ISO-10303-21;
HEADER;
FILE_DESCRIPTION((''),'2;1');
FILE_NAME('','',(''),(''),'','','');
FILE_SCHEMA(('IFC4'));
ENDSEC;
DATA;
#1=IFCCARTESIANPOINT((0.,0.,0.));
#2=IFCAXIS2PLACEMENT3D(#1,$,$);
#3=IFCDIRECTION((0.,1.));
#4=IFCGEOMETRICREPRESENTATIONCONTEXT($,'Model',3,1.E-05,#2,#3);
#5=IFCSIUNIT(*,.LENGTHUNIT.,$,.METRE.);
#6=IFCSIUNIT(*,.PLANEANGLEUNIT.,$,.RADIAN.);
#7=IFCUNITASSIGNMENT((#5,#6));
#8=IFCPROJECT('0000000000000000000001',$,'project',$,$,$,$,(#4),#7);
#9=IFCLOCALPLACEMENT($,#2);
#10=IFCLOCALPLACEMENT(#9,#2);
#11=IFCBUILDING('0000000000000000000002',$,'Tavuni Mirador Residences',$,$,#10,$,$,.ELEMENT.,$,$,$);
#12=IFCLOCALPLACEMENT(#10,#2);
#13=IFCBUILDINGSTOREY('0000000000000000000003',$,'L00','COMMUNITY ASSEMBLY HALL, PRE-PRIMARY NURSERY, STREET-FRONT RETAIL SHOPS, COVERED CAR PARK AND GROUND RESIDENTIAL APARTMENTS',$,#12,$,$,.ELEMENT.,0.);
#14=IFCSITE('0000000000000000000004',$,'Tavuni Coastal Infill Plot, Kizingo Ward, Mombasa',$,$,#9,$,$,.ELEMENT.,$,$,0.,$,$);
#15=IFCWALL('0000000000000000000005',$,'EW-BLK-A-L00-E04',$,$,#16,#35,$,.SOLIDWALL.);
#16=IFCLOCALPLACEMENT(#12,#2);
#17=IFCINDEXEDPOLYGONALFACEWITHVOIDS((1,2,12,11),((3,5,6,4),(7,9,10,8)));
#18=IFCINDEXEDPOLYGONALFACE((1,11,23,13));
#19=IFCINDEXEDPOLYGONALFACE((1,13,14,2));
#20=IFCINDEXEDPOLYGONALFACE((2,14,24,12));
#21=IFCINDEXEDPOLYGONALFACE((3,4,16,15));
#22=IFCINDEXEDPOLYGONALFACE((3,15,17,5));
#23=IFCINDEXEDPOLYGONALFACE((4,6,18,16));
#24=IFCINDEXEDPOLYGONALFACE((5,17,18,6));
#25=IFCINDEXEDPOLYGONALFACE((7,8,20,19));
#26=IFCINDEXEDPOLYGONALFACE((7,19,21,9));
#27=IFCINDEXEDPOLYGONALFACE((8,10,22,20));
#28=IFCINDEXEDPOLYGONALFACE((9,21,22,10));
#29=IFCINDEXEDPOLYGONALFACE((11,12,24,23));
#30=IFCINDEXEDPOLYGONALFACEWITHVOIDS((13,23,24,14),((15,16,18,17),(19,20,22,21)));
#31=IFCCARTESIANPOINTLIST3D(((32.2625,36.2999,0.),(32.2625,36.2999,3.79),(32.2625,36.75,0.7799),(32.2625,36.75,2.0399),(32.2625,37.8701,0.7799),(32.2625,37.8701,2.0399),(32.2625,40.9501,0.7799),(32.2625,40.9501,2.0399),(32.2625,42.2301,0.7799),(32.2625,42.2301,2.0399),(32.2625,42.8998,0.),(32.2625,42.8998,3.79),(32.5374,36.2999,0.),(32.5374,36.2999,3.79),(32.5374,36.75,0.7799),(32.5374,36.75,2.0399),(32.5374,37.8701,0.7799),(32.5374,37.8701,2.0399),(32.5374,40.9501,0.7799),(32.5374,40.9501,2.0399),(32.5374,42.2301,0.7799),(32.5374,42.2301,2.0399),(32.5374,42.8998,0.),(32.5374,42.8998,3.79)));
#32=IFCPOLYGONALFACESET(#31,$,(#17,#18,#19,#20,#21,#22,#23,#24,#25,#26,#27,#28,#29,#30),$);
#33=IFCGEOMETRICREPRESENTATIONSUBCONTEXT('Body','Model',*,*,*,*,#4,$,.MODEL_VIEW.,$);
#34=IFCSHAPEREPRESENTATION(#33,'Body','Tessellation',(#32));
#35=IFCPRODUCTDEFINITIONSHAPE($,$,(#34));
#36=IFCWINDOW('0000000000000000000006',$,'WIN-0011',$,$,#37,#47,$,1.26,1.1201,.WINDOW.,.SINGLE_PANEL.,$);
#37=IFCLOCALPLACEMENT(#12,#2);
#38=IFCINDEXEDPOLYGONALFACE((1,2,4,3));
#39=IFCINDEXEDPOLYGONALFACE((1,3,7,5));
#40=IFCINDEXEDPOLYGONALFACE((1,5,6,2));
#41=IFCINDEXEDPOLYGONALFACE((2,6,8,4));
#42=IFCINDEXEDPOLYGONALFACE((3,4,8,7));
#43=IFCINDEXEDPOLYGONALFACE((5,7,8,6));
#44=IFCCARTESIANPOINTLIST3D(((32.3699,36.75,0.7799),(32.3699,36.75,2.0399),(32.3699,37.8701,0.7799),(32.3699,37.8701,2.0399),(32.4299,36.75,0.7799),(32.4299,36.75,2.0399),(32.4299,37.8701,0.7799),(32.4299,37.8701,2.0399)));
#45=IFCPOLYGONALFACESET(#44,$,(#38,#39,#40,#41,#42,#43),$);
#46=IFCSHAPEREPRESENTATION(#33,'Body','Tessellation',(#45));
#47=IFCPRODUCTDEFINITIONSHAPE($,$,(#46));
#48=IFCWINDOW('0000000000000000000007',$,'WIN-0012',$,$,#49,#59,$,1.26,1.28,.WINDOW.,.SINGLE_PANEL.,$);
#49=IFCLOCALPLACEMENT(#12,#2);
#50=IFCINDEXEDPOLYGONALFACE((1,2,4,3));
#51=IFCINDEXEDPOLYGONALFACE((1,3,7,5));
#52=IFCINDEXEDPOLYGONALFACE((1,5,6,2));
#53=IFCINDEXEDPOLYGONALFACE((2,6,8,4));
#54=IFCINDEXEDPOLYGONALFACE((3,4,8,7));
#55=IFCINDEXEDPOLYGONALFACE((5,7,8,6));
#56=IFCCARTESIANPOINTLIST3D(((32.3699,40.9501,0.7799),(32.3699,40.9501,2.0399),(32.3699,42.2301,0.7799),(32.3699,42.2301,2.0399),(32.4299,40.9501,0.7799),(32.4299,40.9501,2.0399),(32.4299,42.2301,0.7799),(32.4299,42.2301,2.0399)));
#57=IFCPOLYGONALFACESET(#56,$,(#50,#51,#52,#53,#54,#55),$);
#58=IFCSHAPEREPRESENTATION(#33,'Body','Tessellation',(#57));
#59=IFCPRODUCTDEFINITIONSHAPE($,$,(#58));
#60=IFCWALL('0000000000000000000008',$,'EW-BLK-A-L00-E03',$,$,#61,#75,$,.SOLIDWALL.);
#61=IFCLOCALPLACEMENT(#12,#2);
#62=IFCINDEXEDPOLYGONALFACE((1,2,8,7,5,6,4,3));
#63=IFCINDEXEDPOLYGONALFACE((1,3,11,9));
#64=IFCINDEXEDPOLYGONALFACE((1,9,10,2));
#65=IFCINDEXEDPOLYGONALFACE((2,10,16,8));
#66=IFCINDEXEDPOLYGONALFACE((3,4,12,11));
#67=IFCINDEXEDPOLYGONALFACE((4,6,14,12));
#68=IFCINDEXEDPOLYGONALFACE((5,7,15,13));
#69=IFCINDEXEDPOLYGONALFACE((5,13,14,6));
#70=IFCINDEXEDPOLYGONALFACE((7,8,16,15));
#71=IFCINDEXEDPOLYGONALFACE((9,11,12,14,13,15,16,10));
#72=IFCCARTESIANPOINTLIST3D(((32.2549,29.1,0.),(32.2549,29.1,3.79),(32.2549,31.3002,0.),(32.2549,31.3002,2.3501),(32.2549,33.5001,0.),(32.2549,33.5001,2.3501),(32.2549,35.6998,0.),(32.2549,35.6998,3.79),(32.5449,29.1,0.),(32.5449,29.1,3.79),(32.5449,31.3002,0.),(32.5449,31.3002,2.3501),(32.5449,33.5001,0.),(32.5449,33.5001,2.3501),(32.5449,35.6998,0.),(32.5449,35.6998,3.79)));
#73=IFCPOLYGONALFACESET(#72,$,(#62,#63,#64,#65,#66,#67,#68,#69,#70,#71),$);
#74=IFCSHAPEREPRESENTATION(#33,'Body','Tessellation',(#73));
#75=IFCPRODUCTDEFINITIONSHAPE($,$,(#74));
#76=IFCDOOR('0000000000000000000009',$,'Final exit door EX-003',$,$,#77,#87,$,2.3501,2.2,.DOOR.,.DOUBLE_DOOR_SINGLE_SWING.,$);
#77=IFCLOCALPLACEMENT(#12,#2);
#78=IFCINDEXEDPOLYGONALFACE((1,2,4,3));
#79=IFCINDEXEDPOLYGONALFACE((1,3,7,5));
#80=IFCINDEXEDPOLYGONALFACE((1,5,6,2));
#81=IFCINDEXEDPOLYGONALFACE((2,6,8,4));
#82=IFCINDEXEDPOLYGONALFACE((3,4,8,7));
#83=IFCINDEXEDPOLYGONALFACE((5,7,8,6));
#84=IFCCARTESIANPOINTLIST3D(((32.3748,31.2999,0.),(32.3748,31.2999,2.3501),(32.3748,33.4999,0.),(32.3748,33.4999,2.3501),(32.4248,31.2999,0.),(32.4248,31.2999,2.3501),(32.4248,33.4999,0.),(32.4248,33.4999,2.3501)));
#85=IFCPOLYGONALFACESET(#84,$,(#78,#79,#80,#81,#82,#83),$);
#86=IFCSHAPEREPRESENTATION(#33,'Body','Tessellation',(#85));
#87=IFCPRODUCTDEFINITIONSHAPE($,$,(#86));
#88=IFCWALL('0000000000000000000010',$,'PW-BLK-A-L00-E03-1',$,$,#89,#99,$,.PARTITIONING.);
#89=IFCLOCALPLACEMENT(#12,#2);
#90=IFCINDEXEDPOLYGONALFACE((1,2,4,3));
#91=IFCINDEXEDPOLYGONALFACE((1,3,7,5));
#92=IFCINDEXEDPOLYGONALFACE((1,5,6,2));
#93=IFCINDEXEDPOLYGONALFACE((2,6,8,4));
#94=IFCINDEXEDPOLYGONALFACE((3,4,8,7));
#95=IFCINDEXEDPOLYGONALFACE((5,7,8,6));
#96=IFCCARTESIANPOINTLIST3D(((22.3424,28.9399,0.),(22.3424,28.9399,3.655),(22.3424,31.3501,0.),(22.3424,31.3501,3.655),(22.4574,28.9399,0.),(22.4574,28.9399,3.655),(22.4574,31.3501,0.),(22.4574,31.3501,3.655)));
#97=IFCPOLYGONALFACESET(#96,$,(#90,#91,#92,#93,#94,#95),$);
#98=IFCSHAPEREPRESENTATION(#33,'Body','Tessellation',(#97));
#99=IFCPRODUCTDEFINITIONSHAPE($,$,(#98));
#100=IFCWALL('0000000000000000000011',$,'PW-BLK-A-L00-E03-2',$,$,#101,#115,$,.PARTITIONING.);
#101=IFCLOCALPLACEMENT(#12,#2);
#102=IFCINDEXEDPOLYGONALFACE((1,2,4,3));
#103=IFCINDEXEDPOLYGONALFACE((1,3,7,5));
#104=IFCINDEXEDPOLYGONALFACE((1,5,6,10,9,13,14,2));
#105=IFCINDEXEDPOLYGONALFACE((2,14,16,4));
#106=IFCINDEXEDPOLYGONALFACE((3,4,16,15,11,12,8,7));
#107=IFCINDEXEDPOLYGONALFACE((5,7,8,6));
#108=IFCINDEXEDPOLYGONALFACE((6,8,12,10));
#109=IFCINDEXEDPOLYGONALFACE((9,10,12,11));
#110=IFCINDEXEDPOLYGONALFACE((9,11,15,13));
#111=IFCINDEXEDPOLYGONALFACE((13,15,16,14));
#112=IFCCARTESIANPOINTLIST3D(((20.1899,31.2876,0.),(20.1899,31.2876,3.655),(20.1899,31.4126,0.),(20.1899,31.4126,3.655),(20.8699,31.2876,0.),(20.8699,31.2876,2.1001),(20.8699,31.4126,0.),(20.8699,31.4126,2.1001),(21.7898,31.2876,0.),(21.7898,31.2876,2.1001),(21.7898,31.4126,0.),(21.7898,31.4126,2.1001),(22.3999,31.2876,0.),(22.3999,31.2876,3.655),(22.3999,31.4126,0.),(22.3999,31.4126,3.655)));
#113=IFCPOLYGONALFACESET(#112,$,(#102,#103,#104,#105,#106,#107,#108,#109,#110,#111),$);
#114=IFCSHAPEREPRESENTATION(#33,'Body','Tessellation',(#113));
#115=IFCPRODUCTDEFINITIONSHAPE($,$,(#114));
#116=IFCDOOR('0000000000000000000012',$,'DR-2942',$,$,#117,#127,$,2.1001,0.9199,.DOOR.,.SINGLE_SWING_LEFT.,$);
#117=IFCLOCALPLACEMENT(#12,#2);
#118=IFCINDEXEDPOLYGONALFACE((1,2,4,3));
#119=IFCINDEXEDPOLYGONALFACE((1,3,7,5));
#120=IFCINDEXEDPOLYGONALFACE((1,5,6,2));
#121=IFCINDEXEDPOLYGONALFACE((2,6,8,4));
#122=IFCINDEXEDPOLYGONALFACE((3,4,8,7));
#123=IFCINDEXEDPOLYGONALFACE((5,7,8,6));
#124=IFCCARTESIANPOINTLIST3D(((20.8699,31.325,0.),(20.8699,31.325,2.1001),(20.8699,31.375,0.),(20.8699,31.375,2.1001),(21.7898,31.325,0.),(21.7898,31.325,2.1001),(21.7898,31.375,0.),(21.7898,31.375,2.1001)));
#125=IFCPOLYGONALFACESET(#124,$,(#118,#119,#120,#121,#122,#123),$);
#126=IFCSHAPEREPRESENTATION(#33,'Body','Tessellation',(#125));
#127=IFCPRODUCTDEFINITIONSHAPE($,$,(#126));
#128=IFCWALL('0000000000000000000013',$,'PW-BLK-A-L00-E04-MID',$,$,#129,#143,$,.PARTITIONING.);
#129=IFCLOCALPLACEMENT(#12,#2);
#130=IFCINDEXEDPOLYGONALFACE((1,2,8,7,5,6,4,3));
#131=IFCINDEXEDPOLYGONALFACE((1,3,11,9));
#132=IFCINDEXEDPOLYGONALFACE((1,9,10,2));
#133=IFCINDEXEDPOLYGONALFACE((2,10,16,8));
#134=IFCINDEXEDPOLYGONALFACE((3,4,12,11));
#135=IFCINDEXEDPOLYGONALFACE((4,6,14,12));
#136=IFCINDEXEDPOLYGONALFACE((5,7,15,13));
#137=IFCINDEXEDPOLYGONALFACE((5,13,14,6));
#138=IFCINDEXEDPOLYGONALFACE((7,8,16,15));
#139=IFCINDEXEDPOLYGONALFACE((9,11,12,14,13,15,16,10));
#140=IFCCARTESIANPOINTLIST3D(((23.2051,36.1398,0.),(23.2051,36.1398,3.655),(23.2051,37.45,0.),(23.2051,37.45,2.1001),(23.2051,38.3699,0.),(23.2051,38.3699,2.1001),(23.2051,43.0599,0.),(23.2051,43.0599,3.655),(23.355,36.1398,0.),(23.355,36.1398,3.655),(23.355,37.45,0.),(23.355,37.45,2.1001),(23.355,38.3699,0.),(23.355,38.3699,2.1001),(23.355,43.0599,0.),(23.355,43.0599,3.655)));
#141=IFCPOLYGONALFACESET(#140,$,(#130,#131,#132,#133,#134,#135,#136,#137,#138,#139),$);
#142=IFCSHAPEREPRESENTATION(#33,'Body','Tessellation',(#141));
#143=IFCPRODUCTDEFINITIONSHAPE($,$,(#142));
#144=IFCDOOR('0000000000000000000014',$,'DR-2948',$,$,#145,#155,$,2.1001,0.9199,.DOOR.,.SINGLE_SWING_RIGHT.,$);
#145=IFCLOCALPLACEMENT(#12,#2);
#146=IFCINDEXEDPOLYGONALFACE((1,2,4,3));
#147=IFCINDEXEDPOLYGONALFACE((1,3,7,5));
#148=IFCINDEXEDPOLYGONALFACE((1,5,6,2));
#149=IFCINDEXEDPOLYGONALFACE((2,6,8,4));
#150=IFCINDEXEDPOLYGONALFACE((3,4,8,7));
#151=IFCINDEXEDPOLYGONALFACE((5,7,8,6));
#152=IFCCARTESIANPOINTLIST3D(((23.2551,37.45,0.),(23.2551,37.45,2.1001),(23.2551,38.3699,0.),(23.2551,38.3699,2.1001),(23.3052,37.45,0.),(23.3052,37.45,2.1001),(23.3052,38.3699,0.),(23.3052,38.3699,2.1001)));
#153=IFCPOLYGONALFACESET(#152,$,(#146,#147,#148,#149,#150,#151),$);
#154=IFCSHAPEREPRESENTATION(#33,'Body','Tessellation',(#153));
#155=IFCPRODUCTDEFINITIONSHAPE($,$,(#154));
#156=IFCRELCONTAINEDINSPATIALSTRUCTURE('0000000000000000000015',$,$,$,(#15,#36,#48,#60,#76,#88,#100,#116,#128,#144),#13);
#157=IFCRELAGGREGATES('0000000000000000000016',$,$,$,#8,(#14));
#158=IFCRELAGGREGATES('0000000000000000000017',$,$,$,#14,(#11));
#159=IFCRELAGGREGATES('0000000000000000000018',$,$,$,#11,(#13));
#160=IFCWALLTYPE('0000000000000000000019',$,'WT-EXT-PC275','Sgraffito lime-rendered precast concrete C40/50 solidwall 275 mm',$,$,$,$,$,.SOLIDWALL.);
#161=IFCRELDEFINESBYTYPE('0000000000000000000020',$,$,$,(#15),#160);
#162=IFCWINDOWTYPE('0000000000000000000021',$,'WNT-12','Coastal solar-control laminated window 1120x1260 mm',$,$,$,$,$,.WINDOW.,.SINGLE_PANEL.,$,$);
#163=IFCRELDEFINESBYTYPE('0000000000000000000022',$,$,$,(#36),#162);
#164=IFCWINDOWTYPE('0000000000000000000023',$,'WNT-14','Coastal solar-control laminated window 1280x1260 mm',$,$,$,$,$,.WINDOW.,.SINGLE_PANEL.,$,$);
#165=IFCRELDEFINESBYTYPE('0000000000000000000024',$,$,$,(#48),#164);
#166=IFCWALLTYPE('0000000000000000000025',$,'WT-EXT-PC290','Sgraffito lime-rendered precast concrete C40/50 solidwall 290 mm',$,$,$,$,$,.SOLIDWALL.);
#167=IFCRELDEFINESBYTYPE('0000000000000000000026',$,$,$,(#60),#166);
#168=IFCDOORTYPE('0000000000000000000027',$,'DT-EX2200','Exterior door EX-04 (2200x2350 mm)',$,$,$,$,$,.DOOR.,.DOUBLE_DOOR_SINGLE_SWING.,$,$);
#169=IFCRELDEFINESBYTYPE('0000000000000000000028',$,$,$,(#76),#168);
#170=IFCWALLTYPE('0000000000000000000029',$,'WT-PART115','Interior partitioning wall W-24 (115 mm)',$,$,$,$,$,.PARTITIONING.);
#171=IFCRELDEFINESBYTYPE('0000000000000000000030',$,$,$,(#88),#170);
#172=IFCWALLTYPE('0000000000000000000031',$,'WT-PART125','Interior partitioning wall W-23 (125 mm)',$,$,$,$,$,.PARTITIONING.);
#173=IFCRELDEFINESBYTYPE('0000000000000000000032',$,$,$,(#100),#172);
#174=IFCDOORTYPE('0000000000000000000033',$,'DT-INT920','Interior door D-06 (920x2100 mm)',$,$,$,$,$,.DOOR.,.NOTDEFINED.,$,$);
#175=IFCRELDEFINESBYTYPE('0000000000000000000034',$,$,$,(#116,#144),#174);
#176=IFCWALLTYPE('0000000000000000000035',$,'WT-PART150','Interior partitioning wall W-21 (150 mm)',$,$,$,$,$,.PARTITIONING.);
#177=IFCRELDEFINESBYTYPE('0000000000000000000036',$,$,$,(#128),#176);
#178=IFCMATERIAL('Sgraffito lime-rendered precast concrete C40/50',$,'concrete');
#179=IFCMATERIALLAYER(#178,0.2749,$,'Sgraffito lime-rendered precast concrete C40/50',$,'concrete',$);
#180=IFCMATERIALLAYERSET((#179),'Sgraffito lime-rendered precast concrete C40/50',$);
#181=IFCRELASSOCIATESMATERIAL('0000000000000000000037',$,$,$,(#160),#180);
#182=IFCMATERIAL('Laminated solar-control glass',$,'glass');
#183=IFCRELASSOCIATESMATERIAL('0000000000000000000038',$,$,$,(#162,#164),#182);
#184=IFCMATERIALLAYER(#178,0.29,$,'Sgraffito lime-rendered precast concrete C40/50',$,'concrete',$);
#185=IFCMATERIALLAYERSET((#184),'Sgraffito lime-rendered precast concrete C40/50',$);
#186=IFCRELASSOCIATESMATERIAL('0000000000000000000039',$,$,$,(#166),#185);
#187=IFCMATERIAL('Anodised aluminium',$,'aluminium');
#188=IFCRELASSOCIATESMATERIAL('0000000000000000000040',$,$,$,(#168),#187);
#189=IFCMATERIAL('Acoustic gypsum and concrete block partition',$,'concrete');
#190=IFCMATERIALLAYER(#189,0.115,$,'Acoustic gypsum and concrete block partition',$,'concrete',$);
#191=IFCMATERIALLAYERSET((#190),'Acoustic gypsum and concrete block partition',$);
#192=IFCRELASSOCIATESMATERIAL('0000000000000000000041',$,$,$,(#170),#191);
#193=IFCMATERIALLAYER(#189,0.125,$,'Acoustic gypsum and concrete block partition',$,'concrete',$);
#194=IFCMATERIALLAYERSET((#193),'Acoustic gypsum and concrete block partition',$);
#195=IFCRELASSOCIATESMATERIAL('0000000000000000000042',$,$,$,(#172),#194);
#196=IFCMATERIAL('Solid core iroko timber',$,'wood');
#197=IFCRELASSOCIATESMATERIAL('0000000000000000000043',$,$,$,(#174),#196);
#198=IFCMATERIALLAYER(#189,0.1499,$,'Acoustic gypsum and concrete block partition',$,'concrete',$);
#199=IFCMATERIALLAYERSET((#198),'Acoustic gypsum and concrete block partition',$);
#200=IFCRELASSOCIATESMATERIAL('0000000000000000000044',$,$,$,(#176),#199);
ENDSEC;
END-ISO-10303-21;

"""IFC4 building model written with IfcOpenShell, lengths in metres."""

from ifc_helpers import new_model, si_unit, direction, frame, frame_2d, origin, place, context, subcontext, project, spatial, rectangle, extrude, material, layer, layer_set, type_object, element, fill, save


model = new_model("IFC4")

# Units and contexts
model_context = context("Model", 3, precision=1e-05, world=origin(), true_north=direction((0.0, 1.0)))
body_context = subcontext(model_context, "Body", "Model", "MODEL_VIEW")
ifc_project = project(units=[si_unit("LENGTHUNIT", "METRE"), si_unit("PLANEANGLEUNIT", "RADIAN")], contexts=[model_context])

# Site, building, storey
site_placement = place(None, origin())
site = spatial("IfcSite", under=ifc_project, at=site_placement, Name="Tavuni Coastal Infill Plot, Kizingo Ward, Mombasa", CompositionType="ELEMENT", RefElevation=0.0)
building_placement = place(site_placement, origin())
building = spatial("IfcBuilding", under=site, at=building_placement, Name="Tavuni Mirador Residences", CompositionType="ELEMENT")
storey_placement = place(building_placement, origin())
storey = spatial("IfcBuildingStorey", under=building, at=storey_placement, Name="L00", Description="COMMUNITY ASSEMBLY HALL, PRE-PRIMARY NURSERY, STREET-FRONT RETAIL SHOPS, COVERED CAR PARK AND GROUND RESIDENTIAL APARTMENTS", CompositionType="ELEMENT", Elevation=0.0)

# Shared definitions
ifc_material_1 = material(Name="Solid core iroko timber", Category="wood")

# Wall, openings, windows
ifc_material_2 = material(Name="Sgraffito lime-rendered precast concrete C40/50", Category="concrete")
ifc_layer_1 = layer(ifc_material_2, 0.2749, Name="Sgraffito lime-rendered precast concrete C40/50", Category="concrete")
ifc_layer_set_1 = layer_set([ifc_layer_1], Name="Sgraffito lime-rendered precast concrete C40/50")
wall_type_1 = type_object("IfcWallType", Name="WT-EXT-PC275", Description="Sgraffito lime-rendered precast concrete C40/50 solidwall 275 mm", PredefinedType="SOLIDWALL", material=ifc_layer_set_1)
wall_1_placement = place(storey_placement, frame((32.3999, 36.3, 0.0), z_axis=(0.0, 0.0, 1.0), x_axis=(0.0, 1.0, 0.0)))
wall_1 = element("IfcWall", 1, at=wall_1_placement, inside=storey, type_object=wall_type_1, Name="EW-BLK-A-L00-E04", PredefinedType="SOLIDWALL", context=body_context, shape_type="SweptSolid", body=[
    extrude(rectangle(XDim=6.5999, YDim=0.2749, at=frame_2d((3.2998, 0.0))), origin(), (0.0, 0.0, 1.0), 3.79),
])
opening_1_placement = place(wall_1_placement, frame((0.45, 0.0, 0.78)))
opening_1 = element("IfcOpeningElement", 2, at=opening_1_placement, cuts=wall_1, PredefinedType="OPENING", context=body_context, shape_type="SweptSolid", body=[
    extrude(rectangle(XDim=1.1201, YDim=1.26, at=frame_2d((0.5601, 0.6299))), frame((0.0, 0.1475, 0.0), z_axis=(0.0, -1.0, 0.0), x_axis=(1.0, 0.0, 0.0)), (0.0, 0.0, 1.0), 0.2949),
])
opening_2_placement = place(wall_1_placement, frame((4.6499, 0.0, 0.78)))
opening_2 = element("IfcOpeningElement", 3, at=opening_2_placement, cuts=wall_1, PredefinedType="OPENING", context=body_context, shape_type="SweptSolid", body=[
    extrude(rectangle(XDim=1.28, YDim=1.26, at=frame_2d((0.6401, 0.6299))), frame((0.0, 0.1475, 0.0), z_axis=(0.0, -1.0, 0.0), x_axis=(1.0, 0.0, 0.0)), (0.0, 0.0, 1.0), 0.2949),
])
ifc_material_3 = material(Name="Laminated solar-control glass", Category="glass")
window_type_1 = type_object("IfcWindowType", Name="WNT-12", Description="Coastal solar-control laminated window 1120x1260 mm", PartitioningType="SINGLE_PANEL", PredefinedType="WINDOW", material=ifc_material_3)
window_1_placement = place(opening_1_placement, origin())
window_1 = element("IfcWindow", 4, at=window_1_placement, inside=storey, type_object=window_type_1, Name="WIN-0011", OverallHeight=1.26, OverallWidth=1.1201, PartitioningType="SINGLE_PANEL", PredefinedType="WINDOW", context=body_context, shape_type="SweptSolid", body=[
    extrude(rectangle(XDim=1.1201, YDim=1.26, at=frame_2d((0.5601, 0.6299))), frame((0.0, 0.03, 0.0), z_axis=(0.0, -1.0, 0.0), x_axis=(1.0, 0.0, 0.0)), (0.0, 0.0, 1.0), 0.0601),
])
fill(opening_1, window_1)
window_type_2 = type_object("IfcWindowType", Name="WNT-14", Description="Coastal solar-control laminated window 1280x1260 mm", PartitioningType="SINGLE_PANEL", PredefinedType="WINDOW", material=ifc_material_3)
window_2_placement = place(opening_2_placement, origin())
window_2 = element("IfcWindow", 5, at=window_2_placement, inside=storey, type_object=window_type_2, Name="WIN-0012", OverallHeight=1.26, OverallWidth=1.28, PartitioningType="SINGLE_PANEL", PredefinedType="WINDOW", context=body_context, shape_type="SweptSolid", body=[
    extrude(rectangle(XDim=1.28, YDim=1.26, at=frame_2d((0.6401, 0.6299))), frame((0.0, 0.03, 0.0), z_axis=(0.0, -1.0, 0.0), x_axis=(1.0, 0.0, 0.0)), (0.0, 0.0, 1.0), 0.0601),
])
fill(opening_2, window_2)

# Wall, opening, door
ifc_layer_2 = layer(ifc_material_2, 0.29, Name="Sgraffito lime-rendered precast concrete C40/50", Category="concrete")
ifc_layer_set_2 = layer_set([ifc_layer_2], Name="Sgraffito lime-rendered precast concrete C40/50")
wall_type_2 = type_object("IfcWallType", Name="WT-EXT-PC290", Description="Sgraffito lime-rendered precast concrete C40/50 solidwall 290 mm", PredefinedType="SOLIDWALL", material=ifc_layer_set_2)
wall_2_placement = place(storey_placement, frame((32.3999, 29.1001, 0.0), z_axis=(0.0, 0.0, 1.0), x_axis=(0.0, 1.0, 0.0)))
wall_2 = element("IfcWall", 6, at=wall_2_placement, inside=storey, type_object=wall_type_2, Name="EW-BLK-A-L00-E03", PredefinedType="SOLIDWALL", context=body_context, shape_type="SweptSolid", body=[
    extrude(rectangle(XDim=6.5999, YDim=0.29, at=frame_2d((3.2998, 0.0))), origin(), (0.0, 0.0, 1.0), 3.79),
])
opening_3_placement = place(wall_2_placement, frame((2.2, 0.0, 0.0)))
opening_3 = element("IfcOpeningElement", 7, at=opening_3_placement, cuts=wall_2, PredefinedType="OPENING", context=body_context, shape_type="SweptSolid", body=[
    extrude(rectangle(XDim=2.2, YDim=2.3501, at=frame_2d((1.1001, 1.175))), frame((0.0, 0.155, 0.0), z_axis=(0.0, -1.0, 0.0), x_axis=(1.0, 0.0, 0.0)), (0.0, 0.0, 1.0), 0.3101),
])
ifc_material_4 = material(Name="Anodised aluminium", Category="aluminium")
door_type_1 = type_object("IfcDoorType", Name="DT-EX2200", Description="Exterior door EX-04 (2200x2350 mm)", OperationType="DOUBLE_DOOR_SINGLE_SWING", PredefinedType="DOOR", material=ifc_material_4)
door_1_placement = place(opening_3_placement, frame((2.2, 0.0, 0.0), z_axis=(0.0, 0.0, 1.0), x_axis=(-1.0, 0.0, 0.0)))
door_1 = element("IfcDoor", 8, at=door_1_placement, inside=storey, type_object=door_type_1, Name="Final exit door EX-003", OperationType="DOUBLE_DOOR_SINGLE_SWING", OverallHeight=2.3501, OverallWidth=2.2, PredefinedType="DOOR", context=body_context, shape_type="SweptSolid", body=[
    extrude(rectangle(XDim=2.2, YDim=2.3501, at=frame_2d((1.1001, 1.175))), frame((0.0, 0.0249, 0.0), z_axis=(0.0, -1.0, 0.0), x_axis=(1.0, 0.0, 0.0)), (0.0, 0.0, 1.0), 0.05),
])
fill(opening_3, door_1)

# Wall
ifc_material_5 = material(Name="Acoustic gypsum and concrete block partition", Category="concrete")
ifc_layer_3 = layer(ifc_material_5, 0.115, Name="Acoustic gypsum and concrete block partition", Category="concrete")
ifc_layer_set_3 = layer_set([ifc_layer_3], Name="Acoustic gypsum and concrete block partition")
wall_type_3 = type_object("IfcWallType", Name="WT-PART115", Description="Interior partitioning wall W-24 (115 mm)", PredefinedType="PARTITIONING", material=ifc_layer_set_3)
wall_3_placement = place(storey_placement, frame((22.3999, 28.9399, 0.0), z_axis=(0.0, 0.0, 1.0), x_axis=(0.0, 1.0, 0.0)))
element("IfcWall", 9, at=wall_3_placement, inside=storey, type_object=wall_type_3, Name="PW-BLK-A-L00-E03-1", PredefinedType="PARTITIONING", context=body_context, shape_type="SweptSolid", body=[
    extrude(rectangle(XDim=2.4102, YDim=0.115, at=frame_2d((1.2051, 0.0))), origin(), (0.0, 0.0, 1.0), 3.655),
])

# Walls, openings, doors
ifc_layer_4 = layer(ifc_material_5, 0.125, Name="Acoustic gypsum and concrete block partition", Category="concrete")
ifc_layer_set_4 = layer_set([ifc_layer_4], Name="Acoustic gypsum and concrete block partition")
wall_type_4 = type_object("IfcWallType", Name="WT-PART125", Description="Interior partitioning wall W-23 (125 mm)", PredefinedType="PARTITIONING", material=ifc_layer_set_4)
wall_4_placement = place(storey_placement, frame((20.1899, 31.3501, 0.0), z_axis=(0.0, 0.0, 1.0), x_axis=(1.0, 0.0, 0.0)))
wall_4 = element("IfcWall", 10, at=wall_4_placement, inside=storey, type_object=wall_type_4, Name="PW-BLK-A-L00-E03-2", PredefinedType="PARTITIONING", context=body_context, shape_type="SweptSolid", body=[
    extrude(rectangle(XDim=2.21, YDim=0.125, at=frame_2d((1.105, 0.0))), origin(), (0.0, 0.0, 1.0), 3.655),
])
opening_4_placement = place(wall_4_placement, frame((0.6799, 0.0, 0.0)))
opening_4 = element("IfcOpeningElement", 11, at=opening_4_placement, cuts=wall_4, PredefinedType="OPENING", context=body_context, shape_type="SweptSolid", body=[
    extrude(rectangle(XDim=0.9199, YDim=2.1001, at=frame_2d((0.46, 1.05))), frame((0.0, 0.0725, 0.0), z_axis=(0.0, -1.0, 0.0), x_axis=(1.0, 0.0, 0.0)), (0.0, 0.0, 1.0), 0.145),
])
door_type_2 = type_object("IfcDoorType", Name="DT-INT920", Description="Interior door D-06 (920x2100 mm)", OperationType="NOTDEFINED", PredefinedType="DOOR", material=ifc_material_1)
door_2_placement = place(opening_4_placement, origin())
door_2 = element("IfcDoor", 12, at=door_2_placement, inside=storey, type_object=door_type_2, Name="DR-2942", OperationType="SINGLE_SWING_LEFT", OverallHeight=2.1001, OverallWidth=0.9199, PredefinedType="DOOR", context=body_context, shape_type="SweptSolid", body=[
    extrude(rectangle(XDim=0.9199, YDim=2.1001, at=frame_2d((0.46, 1.05))), frame((0.0, 0.0249, 0.0), z_axis=(0.0, -1.0, 0.0), x_axis=(1.0, 0.0, 0.0)), (0.0, 0.0, 1.0), 0.05),
])
fill(opening_4, door_2)
ifc_layer_5 = layer(ifc_material_5, 0.1499, Name="Acoustic gypsum and concrete block partition", Category="concrete")
ifc_layer_set_5 = layer_set([ifc_layer_5], Name="Acoustic gypsum and concrete block partition")
wall_type_5 = type_object("IfcWallType", Name="WT-PART150", Description="Interior partitioning wall W-21 (150 mm)", PredefinedType="PARTITIONING", material=ifc_layer_set_5)
wall_5_placement = place(storey_placement, frame((23.28, 36.1399, 0.0), z_axis=(0.0, 0.0, 1.0), x_axis=(0.0, 1.0, 0.0)))
wall_5 = element("IfcWall", 13, at=wall_5_placement, inside=storey, type_object=wall_type_5, Name="PW-BLK-A-L00-E04-MID", PredefinedType="PARTITIONING", context=body_context, shape_type="SweptSolid", body=[
    extrude(rectangle(XDim=6.9202, YDim=0.1499, at=frame_2d((3.46, 0.0))), origin(), (0.0, 0.0, 1.0), 3.655),
])
opening_5_placement = place(wall_5_placement, frame((1.3101, 0.0, 0.0)))
opening_5 = element("IfcOpeningElement", 14, at=opening_5_placement, cuts=wall_5, PredefinedType="OPENING", context=body_context, shape_type="SweptSolid", body=[
    extrude(rectangle(XDim=0.9199, YDim=2.1001, at=frame_2d((0.46, 1.05))), frame((0.0, 0.085, 0.0), z_axis=(0.0, -1.0, 0.0), x_axis=(1.0, 0.0, 0.0)), (0.0, 0.0, 1.0), 0.1699),
])
door_3_placement = place(opening_5_placement, origin())
door_3 = element("IfcDoor", 15, at=door_3_placement, inside=storey, type_object=door_type_2, Name="DR-2948", OperationType="SINGLE_SWING_RIGHT", OverallHeight=2.1001, OverallWidth=0.9199, PredefinedType="DOOR", context=body_context, shape_type="SweptSolid", body=[
    extrude(rectangle(XDim=0.9199, YDim=2.1001, at=frame_2d((0.46, 1.05))), frame((0.0, 0.0249, 0.0), z_axis=(0.0, -1.0, 0.0), x_axis=(1.0, 0.0, 0.0)), (0.0, 0.0, 1.0), 0.05),
])
fill(opening_5, door_3)

save(model, "model.ifc")
